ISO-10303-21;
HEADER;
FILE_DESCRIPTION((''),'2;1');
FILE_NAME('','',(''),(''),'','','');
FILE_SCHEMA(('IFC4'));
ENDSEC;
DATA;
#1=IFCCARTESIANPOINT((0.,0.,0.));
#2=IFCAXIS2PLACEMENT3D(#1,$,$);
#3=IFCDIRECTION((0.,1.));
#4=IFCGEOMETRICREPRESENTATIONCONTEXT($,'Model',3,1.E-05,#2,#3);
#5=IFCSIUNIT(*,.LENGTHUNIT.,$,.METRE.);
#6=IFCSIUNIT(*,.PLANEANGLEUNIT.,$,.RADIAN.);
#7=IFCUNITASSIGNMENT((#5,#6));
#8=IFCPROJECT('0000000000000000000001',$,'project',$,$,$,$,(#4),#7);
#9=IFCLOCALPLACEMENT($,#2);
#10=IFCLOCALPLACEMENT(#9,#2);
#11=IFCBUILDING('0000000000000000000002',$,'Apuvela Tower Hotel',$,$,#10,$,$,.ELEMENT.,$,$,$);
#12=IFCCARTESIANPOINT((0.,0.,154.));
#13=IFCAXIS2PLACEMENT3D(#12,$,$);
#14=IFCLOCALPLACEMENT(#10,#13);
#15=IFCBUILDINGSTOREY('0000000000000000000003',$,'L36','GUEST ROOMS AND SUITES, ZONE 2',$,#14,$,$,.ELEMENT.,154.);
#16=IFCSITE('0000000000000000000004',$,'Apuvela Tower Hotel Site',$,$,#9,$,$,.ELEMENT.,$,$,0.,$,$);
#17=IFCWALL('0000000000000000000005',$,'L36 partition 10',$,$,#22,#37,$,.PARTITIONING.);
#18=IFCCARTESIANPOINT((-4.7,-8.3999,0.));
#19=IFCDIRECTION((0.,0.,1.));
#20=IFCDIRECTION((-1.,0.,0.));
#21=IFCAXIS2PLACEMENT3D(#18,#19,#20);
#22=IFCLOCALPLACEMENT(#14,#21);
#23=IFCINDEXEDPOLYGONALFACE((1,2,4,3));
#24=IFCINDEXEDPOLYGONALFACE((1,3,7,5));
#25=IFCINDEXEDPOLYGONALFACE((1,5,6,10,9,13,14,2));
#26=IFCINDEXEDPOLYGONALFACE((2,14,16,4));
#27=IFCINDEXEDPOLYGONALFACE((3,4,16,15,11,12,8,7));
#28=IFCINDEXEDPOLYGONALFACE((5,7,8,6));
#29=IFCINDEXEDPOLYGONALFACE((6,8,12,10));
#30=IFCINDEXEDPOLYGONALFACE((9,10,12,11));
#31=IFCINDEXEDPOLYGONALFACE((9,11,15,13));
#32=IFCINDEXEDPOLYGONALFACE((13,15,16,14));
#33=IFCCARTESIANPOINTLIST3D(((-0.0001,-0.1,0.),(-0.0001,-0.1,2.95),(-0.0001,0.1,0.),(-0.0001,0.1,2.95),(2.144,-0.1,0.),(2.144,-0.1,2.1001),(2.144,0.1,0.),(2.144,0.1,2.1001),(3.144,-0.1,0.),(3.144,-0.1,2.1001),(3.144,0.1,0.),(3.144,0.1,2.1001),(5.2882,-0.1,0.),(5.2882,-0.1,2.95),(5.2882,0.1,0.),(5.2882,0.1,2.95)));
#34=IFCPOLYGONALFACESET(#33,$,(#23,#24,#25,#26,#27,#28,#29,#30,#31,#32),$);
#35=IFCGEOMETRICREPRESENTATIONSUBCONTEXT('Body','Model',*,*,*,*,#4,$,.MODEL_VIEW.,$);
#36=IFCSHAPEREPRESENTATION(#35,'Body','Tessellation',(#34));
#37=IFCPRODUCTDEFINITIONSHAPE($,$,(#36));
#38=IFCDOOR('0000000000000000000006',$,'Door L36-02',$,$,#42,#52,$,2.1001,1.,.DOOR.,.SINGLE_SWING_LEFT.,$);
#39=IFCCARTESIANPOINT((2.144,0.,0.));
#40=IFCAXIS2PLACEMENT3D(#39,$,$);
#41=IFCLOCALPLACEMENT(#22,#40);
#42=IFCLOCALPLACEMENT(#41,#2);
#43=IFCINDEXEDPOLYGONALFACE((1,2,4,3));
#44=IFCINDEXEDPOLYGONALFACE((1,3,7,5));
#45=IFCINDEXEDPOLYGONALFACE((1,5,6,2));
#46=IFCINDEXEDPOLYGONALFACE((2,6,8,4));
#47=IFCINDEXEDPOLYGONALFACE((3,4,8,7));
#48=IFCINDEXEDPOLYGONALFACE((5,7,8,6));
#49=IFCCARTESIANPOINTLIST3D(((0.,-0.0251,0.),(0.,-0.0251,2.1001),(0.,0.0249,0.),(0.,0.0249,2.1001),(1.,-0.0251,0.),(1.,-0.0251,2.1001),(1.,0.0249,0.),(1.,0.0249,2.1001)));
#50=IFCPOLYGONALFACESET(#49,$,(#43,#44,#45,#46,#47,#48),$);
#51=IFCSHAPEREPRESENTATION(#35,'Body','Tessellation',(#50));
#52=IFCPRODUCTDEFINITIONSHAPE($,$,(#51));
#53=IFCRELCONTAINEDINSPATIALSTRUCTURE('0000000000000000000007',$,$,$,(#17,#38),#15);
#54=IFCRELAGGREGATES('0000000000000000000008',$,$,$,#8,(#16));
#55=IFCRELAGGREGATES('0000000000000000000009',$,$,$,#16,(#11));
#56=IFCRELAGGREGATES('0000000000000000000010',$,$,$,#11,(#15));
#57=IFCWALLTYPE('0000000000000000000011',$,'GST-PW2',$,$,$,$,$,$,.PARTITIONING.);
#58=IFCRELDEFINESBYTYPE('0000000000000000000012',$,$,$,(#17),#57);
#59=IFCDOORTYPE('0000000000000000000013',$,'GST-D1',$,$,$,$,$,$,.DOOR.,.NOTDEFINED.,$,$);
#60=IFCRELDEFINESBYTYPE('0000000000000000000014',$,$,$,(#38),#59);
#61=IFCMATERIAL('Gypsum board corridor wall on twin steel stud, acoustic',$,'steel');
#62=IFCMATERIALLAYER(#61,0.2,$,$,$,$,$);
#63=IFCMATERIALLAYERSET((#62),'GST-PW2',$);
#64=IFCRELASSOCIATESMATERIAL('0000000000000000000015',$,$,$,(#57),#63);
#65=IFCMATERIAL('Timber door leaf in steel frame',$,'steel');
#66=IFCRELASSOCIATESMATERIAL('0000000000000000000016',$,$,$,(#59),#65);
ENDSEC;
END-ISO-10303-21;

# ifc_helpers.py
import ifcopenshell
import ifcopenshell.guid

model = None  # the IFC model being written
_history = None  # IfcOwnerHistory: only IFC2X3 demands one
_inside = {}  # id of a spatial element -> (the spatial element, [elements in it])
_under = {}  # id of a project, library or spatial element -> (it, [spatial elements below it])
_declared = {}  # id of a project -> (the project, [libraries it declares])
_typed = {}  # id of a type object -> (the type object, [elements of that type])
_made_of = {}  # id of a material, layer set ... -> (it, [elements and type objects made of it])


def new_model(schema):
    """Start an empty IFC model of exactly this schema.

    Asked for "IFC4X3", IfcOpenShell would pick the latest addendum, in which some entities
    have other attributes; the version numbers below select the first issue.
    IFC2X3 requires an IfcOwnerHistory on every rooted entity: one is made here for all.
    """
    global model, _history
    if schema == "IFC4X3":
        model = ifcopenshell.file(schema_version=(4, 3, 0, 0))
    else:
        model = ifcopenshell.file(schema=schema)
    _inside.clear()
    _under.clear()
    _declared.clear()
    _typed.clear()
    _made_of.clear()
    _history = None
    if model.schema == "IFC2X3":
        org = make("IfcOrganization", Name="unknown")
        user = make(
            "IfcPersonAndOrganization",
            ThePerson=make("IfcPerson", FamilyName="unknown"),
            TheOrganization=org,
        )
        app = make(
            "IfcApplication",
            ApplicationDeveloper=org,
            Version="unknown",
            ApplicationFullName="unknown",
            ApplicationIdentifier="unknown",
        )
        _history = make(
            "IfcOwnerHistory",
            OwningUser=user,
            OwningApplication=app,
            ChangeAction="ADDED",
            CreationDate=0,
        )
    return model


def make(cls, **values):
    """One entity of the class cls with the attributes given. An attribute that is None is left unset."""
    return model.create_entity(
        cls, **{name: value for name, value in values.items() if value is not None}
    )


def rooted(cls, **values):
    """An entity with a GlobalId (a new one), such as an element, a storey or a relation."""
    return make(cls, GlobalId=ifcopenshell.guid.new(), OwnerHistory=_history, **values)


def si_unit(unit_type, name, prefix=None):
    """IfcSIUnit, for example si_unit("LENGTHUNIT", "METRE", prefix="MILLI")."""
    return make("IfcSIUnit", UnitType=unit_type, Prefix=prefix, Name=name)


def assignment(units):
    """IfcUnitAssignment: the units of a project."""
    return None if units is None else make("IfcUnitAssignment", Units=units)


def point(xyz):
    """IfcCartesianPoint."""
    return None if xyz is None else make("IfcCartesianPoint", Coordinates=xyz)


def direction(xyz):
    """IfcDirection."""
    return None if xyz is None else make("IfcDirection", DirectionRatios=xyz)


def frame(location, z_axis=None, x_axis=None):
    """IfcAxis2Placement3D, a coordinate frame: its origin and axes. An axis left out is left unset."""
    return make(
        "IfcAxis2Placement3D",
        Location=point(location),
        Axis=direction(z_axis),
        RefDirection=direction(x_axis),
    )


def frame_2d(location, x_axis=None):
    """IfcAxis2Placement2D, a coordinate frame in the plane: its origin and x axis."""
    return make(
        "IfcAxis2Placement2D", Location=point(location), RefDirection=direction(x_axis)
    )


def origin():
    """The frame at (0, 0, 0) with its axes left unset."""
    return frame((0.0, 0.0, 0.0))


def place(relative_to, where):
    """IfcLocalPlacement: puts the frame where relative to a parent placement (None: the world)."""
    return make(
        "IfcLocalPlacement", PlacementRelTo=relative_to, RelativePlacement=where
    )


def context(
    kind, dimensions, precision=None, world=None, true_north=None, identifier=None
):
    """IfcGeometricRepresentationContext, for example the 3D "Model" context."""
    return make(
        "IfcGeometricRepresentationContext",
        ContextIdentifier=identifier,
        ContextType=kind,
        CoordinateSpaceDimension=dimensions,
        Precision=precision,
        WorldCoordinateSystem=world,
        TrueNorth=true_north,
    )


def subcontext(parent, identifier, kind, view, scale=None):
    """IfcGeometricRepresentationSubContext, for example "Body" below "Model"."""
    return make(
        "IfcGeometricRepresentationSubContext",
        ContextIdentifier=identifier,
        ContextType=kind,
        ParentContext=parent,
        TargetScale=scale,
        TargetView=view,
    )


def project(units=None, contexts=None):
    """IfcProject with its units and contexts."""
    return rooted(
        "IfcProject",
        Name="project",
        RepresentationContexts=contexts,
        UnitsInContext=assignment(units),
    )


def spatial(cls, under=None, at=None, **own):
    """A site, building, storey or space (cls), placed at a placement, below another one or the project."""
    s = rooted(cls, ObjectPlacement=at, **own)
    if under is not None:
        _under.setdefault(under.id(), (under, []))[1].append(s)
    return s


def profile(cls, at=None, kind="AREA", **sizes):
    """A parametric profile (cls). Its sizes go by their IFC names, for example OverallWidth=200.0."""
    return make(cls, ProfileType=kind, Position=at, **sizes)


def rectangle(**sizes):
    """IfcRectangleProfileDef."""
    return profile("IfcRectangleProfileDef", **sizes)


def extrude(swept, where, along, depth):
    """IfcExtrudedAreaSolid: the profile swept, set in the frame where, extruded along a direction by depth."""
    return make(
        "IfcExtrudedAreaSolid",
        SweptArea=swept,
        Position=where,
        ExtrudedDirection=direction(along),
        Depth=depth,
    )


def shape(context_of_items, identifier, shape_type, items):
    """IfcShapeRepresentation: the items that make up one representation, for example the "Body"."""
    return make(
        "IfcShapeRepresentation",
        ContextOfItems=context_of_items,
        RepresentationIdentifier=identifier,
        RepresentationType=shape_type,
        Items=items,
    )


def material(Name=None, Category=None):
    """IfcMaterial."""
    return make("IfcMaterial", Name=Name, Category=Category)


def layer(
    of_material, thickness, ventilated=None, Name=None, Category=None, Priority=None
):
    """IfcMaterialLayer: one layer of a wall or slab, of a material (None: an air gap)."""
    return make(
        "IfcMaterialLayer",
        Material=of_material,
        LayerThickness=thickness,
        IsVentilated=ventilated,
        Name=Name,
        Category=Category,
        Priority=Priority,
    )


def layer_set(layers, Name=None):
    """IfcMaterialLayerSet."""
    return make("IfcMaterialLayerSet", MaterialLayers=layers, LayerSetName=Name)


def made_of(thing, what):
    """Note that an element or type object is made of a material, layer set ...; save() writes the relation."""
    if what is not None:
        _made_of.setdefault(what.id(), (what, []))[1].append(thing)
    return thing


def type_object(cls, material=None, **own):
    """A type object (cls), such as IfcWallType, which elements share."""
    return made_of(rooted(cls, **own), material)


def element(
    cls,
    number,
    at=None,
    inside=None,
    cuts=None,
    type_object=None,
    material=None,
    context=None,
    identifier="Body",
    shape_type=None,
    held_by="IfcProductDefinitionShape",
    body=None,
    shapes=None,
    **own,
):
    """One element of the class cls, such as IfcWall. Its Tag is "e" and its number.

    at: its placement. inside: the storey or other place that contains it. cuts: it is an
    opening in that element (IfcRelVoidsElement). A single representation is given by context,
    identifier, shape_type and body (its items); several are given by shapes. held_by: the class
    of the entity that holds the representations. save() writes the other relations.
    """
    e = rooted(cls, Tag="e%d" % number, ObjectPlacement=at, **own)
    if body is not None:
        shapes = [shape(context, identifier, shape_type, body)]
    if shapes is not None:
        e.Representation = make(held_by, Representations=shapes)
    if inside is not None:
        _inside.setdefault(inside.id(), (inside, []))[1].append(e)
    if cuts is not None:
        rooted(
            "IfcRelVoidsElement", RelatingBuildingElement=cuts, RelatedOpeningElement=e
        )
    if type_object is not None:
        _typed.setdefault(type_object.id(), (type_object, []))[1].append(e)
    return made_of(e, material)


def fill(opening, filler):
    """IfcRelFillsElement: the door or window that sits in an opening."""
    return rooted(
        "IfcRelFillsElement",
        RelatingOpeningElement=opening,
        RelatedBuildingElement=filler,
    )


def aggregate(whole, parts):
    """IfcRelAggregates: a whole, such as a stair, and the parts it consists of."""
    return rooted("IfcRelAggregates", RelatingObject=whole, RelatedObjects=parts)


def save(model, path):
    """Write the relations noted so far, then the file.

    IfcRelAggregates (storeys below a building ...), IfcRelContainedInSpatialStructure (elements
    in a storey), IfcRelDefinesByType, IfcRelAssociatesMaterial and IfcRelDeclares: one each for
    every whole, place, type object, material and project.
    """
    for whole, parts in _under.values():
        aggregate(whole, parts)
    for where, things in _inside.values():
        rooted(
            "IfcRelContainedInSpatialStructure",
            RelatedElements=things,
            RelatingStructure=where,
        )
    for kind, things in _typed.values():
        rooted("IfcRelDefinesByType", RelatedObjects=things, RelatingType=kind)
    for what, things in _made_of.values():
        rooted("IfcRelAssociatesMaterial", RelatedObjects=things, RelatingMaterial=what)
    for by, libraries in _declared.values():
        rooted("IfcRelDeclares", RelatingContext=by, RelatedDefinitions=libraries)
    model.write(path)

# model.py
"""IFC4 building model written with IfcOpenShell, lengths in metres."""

from ifc_helpers import new_model, si_unit, direction, frame, frame_2d, origin, place, context, subcontext, project, spatial, rectangle, extrude, material, layer, layer_set, type_object, element, fill, save


model = new_model("IFC4")

# Units and contexts
model_context = context("Model", 3, precision=1e-05, world=origin(), true_north=direction((0.0, 1.0)))
body_context = subcontext(model_context, "Body", "Model", "MODEL_VIEW")
ifc_project = project(units=[si_unit("LENGTHUNIT", "METRE"), si_unit("PLANEANGLEUNIT", "RADIAN")], contexts=[model_context])

# Site, building, storey
site_placement = place(None, origin())
site = spatial("IfcSite", under=ifc_project, at=site_placement, Name="Apuvela Tower Hotel Site", CompositionType="ELEMENT", RefElevation=0.0)
building_placement = place(site_placement, origin())
building = spatial("IfcBuilding", under=site, at=building_placement, Name="Apuvela Tower Hotel", CompositionType="ELEMENT")
storey_placement = place(building_placement, frame((0.0, 0.0, 154.0)))
storey = spatial("IfcBuildingStorey", under=building, at=storey_placement, Name="L36", Description="GUEST ROOMS AND SUITES, ZONE 2", CompositionType="ELEMENT", Elevation=154.0)

# Wall, opening, door
ifc_material_1 = material(Name="Gypsum board corridor wall on twin steel stud, acoustic", Category="steel")
ifc_layer_1 = layer(ifc_material_1, 0.2)
ifc_layer_set_1 = layer_set([ifc_layer_1], Name="GST-PW2")
wall_type_1 = type_object("IfcWallType", Name="GST-PW2", PredefinedType="PARTITIONING", material=ifc_layer_set_1)
wall_1_placement = place(storey_placement, frame((-4.7, -8.3999, 0.0), z_axis=(0.0, 0.0, 1.0), x_axis=(-1.0, 0.0, 0.0)))
wall_1 = element("IfcWall", 1, at=wall_1_placement, inside=storey, type_object=wall_type_1, Name="L36 partition 10", PredefinedType="PARTITIONING", context=body_context, shape_type="SweptSolid", body=[
    extrude(rectangle(XDim=5.2883, YDim=0.2, at=frame_2d((2.644, 0.0))), origin(), (0.0, 0.0, 1.0), 2.95),
])
opening_1_placement = place(wall_1_placement, frame((2.144, 0.0, 0.0)))
opening_1 = element("IfcOpeningElement", 2, at=opening_1_placement, cuts=wall_1, PredefinedType="OPENING", context=body_context, shape_type="SweptSolid", body=[
    extrude(rectangle(XDim=1.0, YDim=2.1001, at=frame_2d((0.5, 1.05))), frame((0.0, 0.1099, 0.0), z_axis=(0.0, -1.0, 0.0), x_axis=(1.0, 0.0, 0.0)), (0.0, 0.0, 1.0), 0.22),
])
ifc_material_2 = material(Name="Timber door leaf in steel frame", Category="steel")
door_type_1 = type_object("IfcDoorType", Name="GST-D1", OperationType="NOTDEFINED", PredefinedType="DOOR", material=ifc_material_2)
door_1_placement = place(opening_1_placement, origin())
door_1 = element("IfcDoor", 3, at=door_1_placement, inside=storey, type_object=door_type_1, Name="Door L36-02", OperationType="SINGLE_SWING_LEFT", OverallHeight=2.1001, OverallWidth=1.0, PredefinedType="DOOR", context=body_context, shape_type="SweptSolid", body=[
    extrude(rectangle(XDim=1.0, YDim=2.1001, at=frame_2d((0.5, 1.05))), frame((0.0, 0.0249, 0.0), z_axis=(0.0, -1.0, 0.0), x_axis=(1.0, 0.0, 0.0)), (0.0, 0.0, 1.0), 0.05),
])
fill(opening_1, door_1)

save(model, "model.ifc")
